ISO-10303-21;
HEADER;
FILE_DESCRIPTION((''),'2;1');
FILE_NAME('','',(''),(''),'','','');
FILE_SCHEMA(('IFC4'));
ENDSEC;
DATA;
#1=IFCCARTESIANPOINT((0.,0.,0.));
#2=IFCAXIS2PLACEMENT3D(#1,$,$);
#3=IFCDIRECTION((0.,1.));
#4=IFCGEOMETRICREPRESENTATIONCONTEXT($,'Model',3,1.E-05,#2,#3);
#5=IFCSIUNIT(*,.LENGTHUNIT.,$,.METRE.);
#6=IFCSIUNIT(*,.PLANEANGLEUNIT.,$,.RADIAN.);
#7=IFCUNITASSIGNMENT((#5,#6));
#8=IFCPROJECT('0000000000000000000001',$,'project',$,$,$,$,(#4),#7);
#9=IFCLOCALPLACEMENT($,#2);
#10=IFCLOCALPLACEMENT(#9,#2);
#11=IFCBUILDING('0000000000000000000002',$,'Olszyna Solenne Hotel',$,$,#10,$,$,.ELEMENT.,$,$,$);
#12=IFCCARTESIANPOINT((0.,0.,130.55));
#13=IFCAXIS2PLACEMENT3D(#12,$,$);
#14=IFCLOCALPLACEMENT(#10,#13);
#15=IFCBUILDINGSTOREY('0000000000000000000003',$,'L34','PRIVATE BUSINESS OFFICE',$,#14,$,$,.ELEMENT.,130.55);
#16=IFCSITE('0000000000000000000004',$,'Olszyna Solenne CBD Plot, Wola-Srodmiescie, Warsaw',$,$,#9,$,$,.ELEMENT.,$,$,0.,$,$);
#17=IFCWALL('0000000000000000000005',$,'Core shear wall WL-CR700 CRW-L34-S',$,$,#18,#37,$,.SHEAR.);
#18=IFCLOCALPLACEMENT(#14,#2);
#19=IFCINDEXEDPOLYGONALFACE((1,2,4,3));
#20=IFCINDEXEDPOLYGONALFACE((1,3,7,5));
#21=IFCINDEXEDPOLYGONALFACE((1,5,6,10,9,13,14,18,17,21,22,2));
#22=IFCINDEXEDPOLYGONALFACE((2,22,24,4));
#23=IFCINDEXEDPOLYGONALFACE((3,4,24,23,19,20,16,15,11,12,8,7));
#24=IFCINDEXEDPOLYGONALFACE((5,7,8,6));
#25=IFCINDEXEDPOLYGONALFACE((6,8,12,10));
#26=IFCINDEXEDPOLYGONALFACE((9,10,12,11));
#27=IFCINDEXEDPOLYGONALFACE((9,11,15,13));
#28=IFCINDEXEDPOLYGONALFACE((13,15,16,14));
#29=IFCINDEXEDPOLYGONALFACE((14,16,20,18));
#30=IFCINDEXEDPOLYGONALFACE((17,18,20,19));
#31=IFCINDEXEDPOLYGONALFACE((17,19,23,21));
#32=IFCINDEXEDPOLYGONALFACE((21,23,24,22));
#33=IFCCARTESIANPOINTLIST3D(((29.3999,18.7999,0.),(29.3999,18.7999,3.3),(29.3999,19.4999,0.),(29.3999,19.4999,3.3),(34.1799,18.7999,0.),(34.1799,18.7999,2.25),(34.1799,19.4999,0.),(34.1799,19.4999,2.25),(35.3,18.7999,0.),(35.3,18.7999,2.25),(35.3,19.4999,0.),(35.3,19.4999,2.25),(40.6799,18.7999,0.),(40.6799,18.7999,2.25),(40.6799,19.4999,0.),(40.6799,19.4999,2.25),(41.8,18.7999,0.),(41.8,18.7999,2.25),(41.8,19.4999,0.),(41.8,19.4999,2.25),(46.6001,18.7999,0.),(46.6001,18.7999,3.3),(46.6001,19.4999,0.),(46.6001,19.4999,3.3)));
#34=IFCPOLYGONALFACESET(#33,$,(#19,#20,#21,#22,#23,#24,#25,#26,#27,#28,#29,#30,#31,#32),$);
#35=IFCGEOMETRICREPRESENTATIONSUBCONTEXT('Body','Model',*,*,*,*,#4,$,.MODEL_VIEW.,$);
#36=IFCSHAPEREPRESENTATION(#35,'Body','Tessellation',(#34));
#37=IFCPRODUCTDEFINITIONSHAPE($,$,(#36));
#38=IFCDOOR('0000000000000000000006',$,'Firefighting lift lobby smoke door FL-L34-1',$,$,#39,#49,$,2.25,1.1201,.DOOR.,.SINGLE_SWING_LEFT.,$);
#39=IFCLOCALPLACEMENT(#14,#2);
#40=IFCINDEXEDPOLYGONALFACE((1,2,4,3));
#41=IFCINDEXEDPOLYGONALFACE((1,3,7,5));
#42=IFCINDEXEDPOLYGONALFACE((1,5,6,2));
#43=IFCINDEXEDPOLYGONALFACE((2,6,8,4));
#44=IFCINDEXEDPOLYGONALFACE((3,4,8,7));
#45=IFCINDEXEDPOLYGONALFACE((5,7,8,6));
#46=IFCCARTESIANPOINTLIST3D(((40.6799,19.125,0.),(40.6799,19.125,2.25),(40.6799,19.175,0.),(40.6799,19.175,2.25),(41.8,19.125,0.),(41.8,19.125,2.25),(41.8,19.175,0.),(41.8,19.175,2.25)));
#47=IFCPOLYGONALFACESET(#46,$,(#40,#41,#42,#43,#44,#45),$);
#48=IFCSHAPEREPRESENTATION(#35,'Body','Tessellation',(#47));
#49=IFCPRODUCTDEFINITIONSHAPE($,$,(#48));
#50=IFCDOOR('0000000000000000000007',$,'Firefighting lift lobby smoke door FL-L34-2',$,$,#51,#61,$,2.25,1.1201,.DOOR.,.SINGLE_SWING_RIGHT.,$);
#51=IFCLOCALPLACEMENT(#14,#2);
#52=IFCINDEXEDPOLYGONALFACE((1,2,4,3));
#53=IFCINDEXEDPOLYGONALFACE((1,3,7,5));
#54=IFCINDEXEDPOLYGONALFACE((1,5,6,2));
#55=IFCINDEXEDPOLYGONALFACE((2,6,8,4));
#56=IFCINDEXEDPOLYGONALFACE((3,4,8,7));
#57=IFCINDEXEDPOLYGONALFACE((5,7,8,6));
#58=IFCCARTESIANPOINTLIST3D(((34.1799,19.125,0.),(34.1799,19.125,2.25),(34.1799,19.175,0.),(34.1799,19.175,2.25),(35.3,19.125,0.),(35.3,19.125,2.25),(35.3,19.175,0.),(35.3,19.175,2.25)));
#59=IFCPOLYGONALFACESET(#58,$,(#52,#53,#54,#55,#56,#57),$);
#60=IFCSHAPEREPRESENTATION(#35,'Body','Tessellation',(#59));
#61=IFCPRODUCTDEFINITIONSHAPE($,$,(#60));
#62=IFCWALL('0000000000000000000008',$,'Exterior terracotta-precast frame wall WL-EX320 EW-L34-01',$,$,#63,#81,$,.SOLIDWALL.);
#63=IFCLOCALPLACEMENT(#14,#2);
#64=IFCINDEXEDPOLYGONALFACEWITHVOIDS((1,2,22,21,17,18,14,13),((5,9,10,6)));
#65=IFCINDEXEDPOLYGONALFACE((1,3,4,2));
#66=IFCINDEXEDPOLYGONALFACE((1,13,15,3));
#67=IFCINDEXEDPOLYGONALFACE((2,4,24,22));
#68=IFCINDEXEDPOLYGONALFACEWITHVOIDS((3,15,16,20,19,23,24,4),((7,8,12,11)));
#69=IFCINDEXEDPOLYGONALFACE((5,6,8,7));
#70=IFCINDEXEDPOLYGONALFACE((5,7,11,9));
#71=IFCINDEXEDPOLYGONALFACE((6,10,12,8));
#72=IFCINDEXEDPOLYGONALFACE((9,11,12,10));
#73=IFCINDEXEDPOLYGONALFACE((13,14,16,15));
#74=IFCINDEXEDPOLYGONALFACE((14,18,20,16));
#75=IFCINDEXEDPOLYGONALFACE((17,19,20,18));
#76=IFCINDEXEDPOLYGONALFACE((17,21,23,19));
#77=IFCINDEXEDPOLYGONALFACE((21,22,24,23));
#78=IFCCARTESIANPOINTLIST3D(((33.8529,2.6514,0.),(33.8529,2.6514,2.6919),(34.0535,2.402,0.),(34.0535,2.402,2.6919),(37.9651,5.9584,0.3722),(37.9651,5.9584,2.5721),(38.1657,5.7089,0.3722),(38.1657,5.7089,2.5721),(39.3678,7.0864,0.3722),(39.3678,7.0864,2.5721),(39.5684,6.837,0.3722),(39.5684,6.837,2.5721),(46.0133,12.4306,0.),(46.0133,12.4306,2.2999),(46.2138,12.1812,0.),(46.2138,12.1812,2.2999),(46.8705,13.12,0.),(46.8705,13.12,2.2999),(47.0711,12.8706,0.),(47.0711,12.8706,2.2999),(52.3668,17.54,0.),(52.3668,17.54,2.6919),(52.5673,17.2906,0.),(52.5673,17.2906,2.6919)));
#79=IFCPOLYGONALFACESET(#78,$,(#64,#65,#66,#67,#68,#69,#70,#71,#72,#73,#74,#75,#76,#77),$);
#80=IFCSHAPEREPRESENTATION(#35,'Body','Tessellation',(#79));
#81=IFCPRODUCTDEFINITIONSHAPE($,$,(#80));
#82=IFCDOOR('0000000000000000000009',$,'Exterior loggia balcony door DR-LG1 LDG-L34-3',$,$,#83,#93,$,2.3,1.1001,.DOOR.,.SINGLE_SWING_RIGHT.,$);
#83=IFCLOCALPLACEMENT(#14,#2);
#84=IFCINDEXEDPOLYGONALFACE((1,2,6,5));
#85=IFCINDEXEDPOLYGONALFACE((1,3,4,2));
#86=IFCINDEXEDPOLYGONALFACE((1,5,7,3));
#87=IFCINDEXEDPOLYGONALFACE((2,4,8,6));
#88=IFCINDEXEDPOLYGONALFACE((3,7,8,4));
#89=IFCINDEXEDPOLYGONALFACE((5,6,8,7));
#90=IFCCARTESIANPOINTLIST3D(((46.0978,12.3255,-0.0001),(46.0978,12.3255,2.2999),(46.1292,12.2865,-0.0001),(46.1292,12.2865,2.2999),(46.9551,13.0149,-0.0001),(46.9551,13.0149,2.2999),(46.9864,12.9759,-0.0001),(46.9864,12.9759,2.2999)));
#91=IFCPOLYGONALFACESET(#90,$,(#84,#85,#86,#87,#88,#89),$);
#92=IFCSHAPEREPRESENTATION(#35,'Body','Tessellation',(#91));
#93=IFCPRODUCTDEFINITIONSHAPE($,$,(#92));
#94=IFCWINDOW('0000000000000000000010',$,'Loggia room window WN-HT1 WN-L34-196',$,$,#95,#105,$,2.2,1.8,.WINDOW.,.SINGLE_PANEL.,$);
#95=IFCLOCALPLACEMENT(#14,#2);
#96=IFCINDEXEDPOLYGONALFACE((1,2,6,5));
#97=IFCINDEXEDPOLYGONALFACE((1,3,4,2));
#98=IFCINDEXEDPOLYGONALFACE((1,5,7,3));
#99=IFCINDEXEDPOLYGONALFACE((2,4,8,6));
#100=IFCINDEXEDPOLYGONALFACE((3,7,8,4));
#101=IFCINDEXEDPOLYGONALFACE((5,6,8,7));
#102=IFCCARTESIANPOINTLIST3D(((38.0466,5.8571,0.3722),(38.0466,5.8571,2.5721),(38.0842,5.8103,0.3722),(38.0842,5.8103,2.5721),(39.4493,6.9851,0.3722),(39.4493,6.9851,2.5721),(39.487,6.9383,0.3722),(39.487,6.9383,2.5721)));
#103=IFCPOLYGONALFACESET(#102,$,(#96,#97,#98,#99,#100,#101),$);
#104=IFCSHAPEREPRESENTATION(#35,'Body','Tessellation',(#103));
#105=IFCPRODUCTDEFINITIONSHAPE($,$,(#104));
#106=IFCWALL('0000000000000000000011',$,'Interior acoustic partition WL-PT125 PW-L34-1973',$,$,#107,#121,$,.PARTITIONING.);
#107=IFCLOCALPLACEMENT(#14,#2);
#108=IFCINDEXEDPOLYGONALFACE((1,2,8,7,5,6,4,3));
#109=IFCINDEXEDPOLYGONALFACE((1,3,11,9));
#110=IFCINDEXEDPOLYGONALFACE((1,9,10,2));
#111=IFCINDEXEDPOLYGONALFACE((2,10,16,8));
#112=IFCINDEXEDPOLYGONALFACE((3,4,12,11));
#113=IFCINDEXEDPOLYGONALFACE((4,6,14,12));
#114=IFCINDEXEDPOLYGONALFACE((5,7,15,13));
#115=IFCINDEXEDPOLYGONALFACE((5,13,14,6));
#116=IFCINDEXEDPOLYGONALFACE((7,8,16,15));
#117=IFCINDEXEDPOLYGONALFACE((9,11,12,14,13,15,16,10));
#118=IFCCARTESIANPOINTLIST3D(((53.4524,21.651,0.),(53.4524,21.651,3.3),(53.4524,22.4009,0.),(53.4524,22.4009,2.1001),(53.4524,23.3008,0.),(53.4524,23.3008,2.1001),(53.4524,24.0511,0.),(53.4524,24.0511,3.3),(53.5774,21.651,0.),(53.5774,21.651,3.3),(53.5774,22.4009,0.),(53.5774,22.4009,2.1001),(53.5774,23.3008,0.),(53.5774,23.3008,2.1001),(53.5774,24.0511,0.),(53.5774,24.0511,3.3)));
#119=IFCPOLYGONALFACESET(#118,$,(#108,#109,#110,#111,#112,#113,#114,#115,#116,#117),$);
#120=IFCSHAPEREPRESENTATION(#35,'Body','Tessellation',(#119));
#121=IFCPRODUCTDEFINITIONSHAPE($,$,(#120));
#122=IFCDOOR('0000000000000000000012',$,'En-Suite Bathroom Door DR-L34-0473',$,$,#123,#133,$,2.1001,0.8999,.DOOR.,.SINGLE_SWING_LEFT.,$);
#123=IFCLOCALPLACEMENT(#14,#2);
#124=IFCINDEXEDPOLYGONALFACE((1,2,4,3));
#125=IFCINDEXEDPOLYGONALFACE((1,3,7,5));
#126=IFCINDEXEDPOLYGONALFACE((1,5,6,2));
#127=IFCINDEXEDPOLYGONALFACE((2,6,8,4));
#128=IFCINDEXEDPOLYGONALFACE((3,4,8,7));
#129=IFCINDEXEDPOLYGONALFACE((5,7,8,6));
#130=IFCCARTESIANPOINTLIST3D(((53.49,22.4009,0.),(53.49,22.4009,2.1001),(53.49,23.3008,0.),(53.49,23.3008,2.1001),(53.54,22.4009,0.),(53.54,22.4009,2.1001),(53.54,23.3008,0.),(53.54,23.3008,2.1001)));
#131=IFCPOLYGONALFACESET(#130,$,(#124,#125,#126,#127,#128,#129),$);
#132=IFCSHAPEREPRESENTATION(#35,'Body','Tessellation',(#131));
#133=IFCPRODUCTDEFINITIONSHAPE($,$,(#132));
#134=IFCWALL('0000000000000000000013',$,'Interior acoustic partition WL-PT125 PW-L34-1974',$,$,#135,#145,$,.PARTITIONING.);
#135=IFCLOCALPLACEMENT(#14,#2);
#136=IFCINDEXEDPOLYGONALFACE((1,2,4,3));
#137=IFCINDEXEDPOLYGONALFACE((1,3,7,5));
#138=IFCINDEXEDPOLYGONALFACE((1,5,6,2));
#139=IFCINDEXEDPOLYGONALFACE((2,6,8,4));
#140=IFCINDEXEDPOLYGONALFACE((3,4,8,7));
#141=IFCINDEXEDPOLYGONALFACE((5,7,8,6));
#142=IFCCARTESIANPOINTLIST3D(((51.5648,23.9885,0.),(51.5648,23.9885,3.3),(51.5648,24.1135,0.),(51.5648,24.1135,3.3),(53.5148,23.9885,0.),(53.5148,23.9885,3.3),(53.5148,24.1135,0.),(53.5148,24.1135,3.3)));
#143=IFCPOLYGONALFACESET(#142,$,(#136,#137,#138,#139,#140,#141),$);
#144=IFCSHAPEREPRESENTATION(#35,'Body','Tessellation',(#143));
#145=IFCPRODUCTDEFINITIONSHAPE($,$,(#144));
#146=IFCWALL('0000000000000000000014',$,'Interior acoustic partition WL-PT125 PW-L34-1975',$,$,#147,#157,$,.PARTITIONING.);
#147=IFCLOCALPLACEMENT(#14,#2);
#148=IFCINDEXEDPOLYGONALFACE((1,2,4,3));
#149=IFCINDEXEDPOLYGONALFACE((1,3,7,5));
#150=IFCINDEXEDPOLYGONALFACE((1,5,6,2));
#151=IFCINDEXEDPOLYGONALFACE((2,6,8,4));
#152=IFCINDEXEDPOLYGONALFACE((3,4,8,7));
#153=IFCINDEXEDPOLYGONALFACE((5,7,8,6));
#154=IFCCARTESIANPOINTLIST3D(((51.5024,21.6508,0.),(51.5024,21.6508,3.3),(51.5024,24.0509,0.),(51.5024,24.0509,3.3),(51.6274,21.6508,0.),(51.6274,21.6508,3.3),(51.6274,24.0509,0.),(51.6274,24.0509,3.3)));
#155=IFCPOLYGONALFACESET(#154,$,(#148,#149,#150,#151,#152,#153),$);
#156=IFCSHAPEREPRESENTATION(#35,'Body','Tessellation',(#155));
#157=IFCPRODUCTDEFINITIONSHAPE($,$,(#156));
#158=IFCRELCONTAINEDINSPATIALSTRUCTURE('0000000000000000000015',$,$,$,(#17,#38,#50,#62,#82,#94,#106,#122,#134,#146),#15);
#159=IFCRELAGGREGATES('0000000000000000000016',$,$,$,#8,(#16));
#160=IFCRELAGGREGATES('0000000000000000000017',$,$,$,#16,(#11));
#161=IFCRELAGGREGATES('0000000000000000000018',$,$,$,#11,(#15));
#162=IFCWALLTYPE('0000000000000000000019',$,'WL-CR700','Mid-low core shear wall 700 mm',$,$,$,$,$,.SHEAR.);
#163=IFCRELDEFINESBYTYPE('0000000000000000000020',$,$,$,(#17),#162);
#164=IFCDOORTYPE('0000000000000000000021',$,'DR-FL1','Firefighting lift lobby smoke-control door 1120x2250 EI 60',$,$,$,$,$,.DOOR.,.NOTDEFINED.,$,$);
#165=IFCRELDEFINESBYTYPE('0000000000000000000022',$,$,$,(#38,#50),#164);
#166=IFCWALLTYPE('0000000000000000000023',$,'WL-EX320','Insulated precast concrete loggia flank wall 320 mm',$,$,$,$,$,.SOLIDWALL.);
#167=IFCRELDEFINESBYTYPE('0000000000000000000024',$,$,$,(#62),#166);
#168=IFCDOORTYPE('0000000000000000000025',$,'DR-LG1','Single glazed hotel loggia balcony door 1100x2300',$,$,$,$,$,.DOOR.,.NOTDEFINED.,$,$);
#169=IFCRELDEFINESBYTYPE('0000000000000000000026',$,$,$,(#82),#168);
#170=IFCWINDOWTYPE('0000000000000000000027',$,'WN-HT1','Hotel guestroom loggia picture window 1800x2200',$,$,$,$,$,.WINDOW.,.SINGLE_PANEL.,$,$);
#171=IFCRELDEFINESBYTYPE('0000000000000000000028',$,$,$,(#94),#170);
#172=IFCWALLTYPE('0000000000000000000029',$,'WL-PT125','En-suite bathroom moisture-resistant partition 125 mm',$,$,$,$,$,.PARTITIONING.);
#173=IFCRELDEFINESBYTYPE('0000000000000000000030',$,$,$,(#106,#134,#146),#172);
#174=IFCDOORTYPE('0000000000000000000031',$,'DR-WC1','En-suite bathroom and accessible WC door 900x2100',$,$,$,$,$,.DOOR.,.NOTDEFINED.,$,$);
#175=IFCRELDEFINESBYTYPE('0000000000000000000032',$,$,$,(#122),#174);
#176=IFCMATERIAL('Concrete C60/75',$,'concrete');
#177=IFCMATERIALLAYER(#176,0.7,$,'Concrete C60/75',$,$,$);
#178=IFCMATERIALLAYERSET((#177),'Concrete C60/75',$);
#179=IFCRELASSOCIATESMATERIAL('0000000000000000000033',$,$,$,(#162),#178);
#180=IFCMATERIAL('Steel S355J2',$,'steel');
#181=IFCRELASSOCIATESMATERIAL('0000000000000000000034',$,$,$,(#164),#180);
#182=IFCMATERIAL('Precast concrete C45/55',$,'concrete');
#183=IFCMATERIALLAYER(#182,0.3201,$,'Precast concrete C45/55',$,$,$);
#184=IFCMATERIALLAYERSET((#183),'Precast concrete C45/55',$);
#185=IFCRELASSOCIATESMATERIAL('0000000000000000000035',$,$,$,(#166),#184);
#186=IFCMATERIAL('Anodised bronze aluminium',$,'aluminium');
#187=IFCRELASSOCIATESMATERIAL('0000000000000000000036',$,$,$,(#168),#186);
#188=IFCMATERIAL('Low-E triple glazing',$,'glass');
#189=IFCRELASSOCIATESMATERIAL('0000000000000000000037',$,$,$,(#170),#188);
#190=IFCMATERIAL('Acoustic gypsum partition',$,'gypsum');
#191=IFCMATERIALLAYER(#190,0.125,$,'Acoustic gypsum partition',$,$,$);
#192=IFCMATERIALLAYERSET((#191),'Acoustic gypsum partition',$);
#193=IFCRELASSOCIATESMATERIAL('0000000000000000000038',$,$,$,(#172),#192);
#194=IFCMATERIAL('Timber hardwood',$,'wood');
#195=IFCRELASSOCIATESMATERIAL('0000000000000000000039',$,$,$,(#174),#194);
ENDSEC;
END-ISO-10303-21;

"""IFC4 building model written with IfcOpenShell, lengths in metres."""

from ifc_helpers import new_model, si_unit, direction, frame, frame_2d, origin, place, context, subcontext, project, spatial, rectangle, extrude, source, transform, mapped, material, layer, layer_set, type_object, type_shapes, element, fill, save


model = new_model("IFC4")

# Units and contexts
model_context = context("Model", 3, precision=1e-05, world=origin(), true_north=direction((0.0, 1.0)))
body_context = subcontext(model_context, "Body", "Model", "MODEL_VIEW")
ifc_project = project(units=[si_unit("LENGTHUNIT", "METRE"), si_unit("PLANEANGLEUNIT", "RADIAN")], contexts=[model_context])

# Site, building, storey
site_placement = place(None, origin())
site = spatial("IfcSite", under=ifc_project, at=site_placement, Name="Olszyna Solenne CBD Plot, Wola-Srodmiescie, Warsaw", CompositionType="ELEMENT", RefElevation=0.0)
building_placement = place(site_placement, origin())
building = spatial("IfcBuilding", under=site, at=building_placement, Name="Olszyna Solenne Hotel", CompositionType="ELEMENT")
storey_placement = place(building_placement, frame((0.0, 0.0, 130.55)))
storey = spatial("IfcBuildingStorey", under=building, at=storey_placement, Name="L34", Description="PRIVATE BUSINESS OFFICE", CompositionType="ELEMENT", Elevation=130.55)

# Shared definitions
ifc_material_1 = material(Name="Steel S355J2", Category="steel")

# Wall, openings, doors
ifc_material_2 = material(Name="Concrete C60/75", Category="concrete")
ifc_layer_1 = layer(ifc_material_2, 0.7, Name="Concrete C60/75")
ifc_layer_set_1 = layer_set([ifc_layer_1], Name="Concrete C60/75")
wall_type_1 = type_object("IfcWallType", Name="WL-CR700", Description="Mid-low core shear wall 700 mm", PredefinedType="SHEAR", material=ifc_layer_set_1)
wall_1_placement = place(storey_placement, frame((46.6001, 19.1499, 0.0), z_axis=(0.0, 0.0, 1.0), x_axis=(-1.0, 0.0, 0.0)))
wall_1 = element("IfcWall", 1, at=wall_1_placement, inside=storey, type_object=wall_type_1, Name="Core shear wall WL-CR700 CRW-L34-S", PredefinedType="SHEAR", context=body_context, shape_type="SweptSolid", body=[
    extrude(rectangle(XDim=17.2002, YDim=0.7, at=frame_2d((8.6001, 0.0))), origin(), (0.0, 0.0, 1.0), 3.3),
])
opening_1_placement = place(wall_1_placement, frame((4.8, 0.0, 0.0)))
opening_1 = element("IfcOpeningElement", 2, at=opening_1_placement, cuts=wall_1, PredefinedType="OPENING", context=body_context, shape_type="SweptSolid", body=[
    extrude(rectangle(XDim=1.1201, YDim=2.25, at=frame_2d((0.5601, 1.125))), frame((0.0, 0.3599, 0.0), z_axis=(0.0, -1.0, 0.0), x_axis=(1.0, 0.0, 0.0)), (0.0, 0.0, 1.0), 0.72),
])
opening_2_placement = place(wall_1_placement, frame((11.3, 0.0, 0.0)))
opening_2 = element("IfcOpeningElement", 3, at=opening_2_placement, cuts=wall_1, PredefinedType="OPENING", context=body_context, shape_type="SweptSolid", body=[
    extrude(rectangle(XDim=1.1201, YDim=2.25, at=frame_2d((0.5601, 1.125))), frame((0.0, 0.3599, 0.0), z_axis=(0.0, -1.0, 0.0), x_axis=(1.0, 0.0, 0.0)), (0.0, 0.0, 1.0), 0.72),
])
door_type_1 = type_object("IfcDoorType", Name="DR-FL1", Description="Firefighting lift lobby smoke-control door 1120x2250 EI 60", OperationType="NOTDEFINED", PredefinedType="DOOR", material=ifc_material_1)
shared_shape_1 = source(origin(), body_context, "Body", "SweptSolid", [
    extrude(rectangle(XDim=1.1201, YDim=2.25, at=frame_2d((0.5601, 1.125))), frame((0.0, 0.0249, 0.0), z_axis=(0.0, -1.0, 0.0), x_axis=(1.0, 0.0, 0.0)), (0.0, 0.0, 1.0), 0.05),
])
type_shapes(door_type_1, [shared_shape_1])
door_1_placement = place(opening_1_placement, origin())
door_1 = element("IfcDoor", 4, at=door_1_placement, inside=storey, type_object=door_type_1, Name="Firefighting lift lobby smoke door FL-L34-1", OperationType="SINGLE_SWING_LEFT", OverallHeight=2.25, OverallWidth=1.1201, PredefinedType="DOOR", context=body_context, shape_type="MappedRepresentation", body=[
    mapped(shared_shape_1, transform((0.0, 0.0, 0.0), x_axis=(1.0, 0.0, 0.0), y_axis=(0.0, 1.0, 0.0), z_axis=(0.0, 0.0, 1.0), scale=1.0)),
])
fill(opening_1, door_1)
door_2_placement = place(opening_2_placement, origin())
door_2 = element("IfcDoor", 5, at=door_2_placement, inside=storey, type_object=door_type_1, Name="Firefighting lift lobby smoke door FL-L34-2", OperationType="SINGLE_SWING_RIGHT", OverallHeight=2.25, OverallWidth=1.1201, PredefinedType="DOOR", context=body_context, shape_type="MappedRepresentation", body=[
    mapped(shared_shape_1, transform((0.0, 0.0, 0.0), x_axis=(1.0, 0.0, 0.0), y_axis=(0.0, 1.0, 0.0), z_axis=(0.0, 0.0, 1.0), scale=1.0)),
])
fill(opening_2, door_2)

# Wall, openings, door, window
ifc_material_3 = material(Name="Precast concrete C45/55", Category="concrete")
ifc_layer_2 = layer(ifc_material_3, 0.3201, Name="Precast concrete C45/55")
ifc_layer_set_2 = layer_set([ifc_layer_2], Name="Precast concrete C45/55")
wall_type_2 = type_object("IfcWallType", Name="WL-EX320", Description="Insulated precast concrete loggia flank wall 320 mm", PredefinedType="SOLIDWALL", material=ifc_layer_set_2)
wall_2_placement = place(storey_placement, frame((52.467, 17.4153, 0.0), z_axis=(0.0, 0.0, 1.0), x_axis=(-0.779274, -0.626683, 0.0)))
wall_2 = element("IfcWall", 6, at=wall_2_placement, inside=storey, type_object=wall_type_2, Name="Exterior terracotta-precast frame wall WL-EX320 EW-L34-01", PredefinedType="SOLIDWALL", context=body_context, shape_type="SweptSolid", body=[
    extrude(rectangle(XDim=23.7578, YDim=0.3201, at=frame_2d((11.8789, 0.0))), origin(), (0.0, 0.0, 1.0), 2.6919),
])
opening_3_placement = place(wall_2_placement, frame((7.053, 0.0, 0.0)))
opening_3 = element("IfcOpeningElement", 7, at=opening_3_placement, cuts=wall_2, PredefinedType="OPENING", context=body_context, shape_type="SweptSolid", body=[
    extrude(rectangle(XDim=1.1001, YDim=2.3, at=frame_2d((0.55, 1.1499))), frame((0.0, 0.1699, 0.0), z_axis=(0.0, -1.0, 0.0), x_axis=(1.0, 0.0, 0.0)), (0.0, 0.0, 1.0), 0.3401),
])
opening_4_placement = place(wall_2_placement, frame((16.6809, 0.0, 0.3721)))
opening_4 = element("IfcOpeningElement", 8, at=opening_4_placement, cuts=wall_2, PredefinedType="OPENING", context=body_context, shape_type="SweptSolid", body=[
    extrude(rectangle(XDim=1.8, YDim=2.2, at=frame_2d((0.8999, 1.1001))), frame((0.0, 0.1699, 0.0), z_axis=(0.0, -1.0, 0.0), x_axis=(1.0, 0.0, 0.0)), (0.0, 0.0, 1.0), 0.3401),
])
ifc_material_4 = material(Name="Anodised bronze aluminium", Category="aluminium")
door_type_2 = type_object("IfcDoorType", Name="DR-LG1", Description="Single glazed hotel loggia balcony door 1100x2300", OperationType="NOTDEFINED", PredefinedType="DOOR", material=ifc_material_4)
shared_shape_2 = source(origin(), body_context, "Body", "SweptSolid", [
    extrude(rectangle(XDim=1.1001, YDim=2.3, at=frame_2d((0.55, 1.1499))), frame((0.0, 0.0249, 0.0), z_axis=(0.0, -1.0, 0.0), x_axis=(1.0, 0.0, 0.0)), (0.0, 0.0, 1.0), 0.05),
])
type_shapes(door_type_2, [shared_shape_2])
door_3_placement = place(opening_3_placement, origin())
door_3 = element("IfcDoor", 9, at=door_3_placement, inside=storey, type_object=door_type_2, Name="Exterior loggia balcony door DR-LG1 LDG-L34-3", OperationType="SINGLE_SWING_RIGHT", OverallHeight=2.3, OverallWidth=1.1001, PredefinedType="DOOR", context=body_context, shape_type="MappedRepresentation", body=[
    mapped(shared_shape_2, transform((0.0, 0.0, 0.0), x_axis=(1.0, 0.0, 0.0), y_axis=(0.0, 1.0, 0.0), z_axis=(0.0, 0.0, 1.0), scale=1.0)),
])
fill(opening_3, door_3)
ifc_material_5 = material(Name="Low-E triple glazing", Category="glass")
window_type = type_object("IfcWindowType", Name="WN-HT1", Description="Hotel guestroom loggia picture window 1800x2200", PartitioningType="SINGLE_PANEL", PredefinedType="WINDOW", material=ifc_material_5)
shared_shape_3 = source(origin(), body_context, "Body", "SweptSolid", [
    extrude(rectangle(XDim=1.8, YDim=2.2, at=frame_2d((0.8999, 1.1001))), frame((0.0, 0.03, 0.0), z_axis=(0.0, -1.0, 0.0), x_axis=(1.0, 0.0, 0.0)), (0.0, 0.0, 1.0), 0.0601),
])
type_shapes(window_type, [shared_shape_3])
window_placement = place(opening_4_placement, origin())
window = element("IfcWindow", 10, at=window_placement, inside=storey, type_object=window_type, Name="Loggia room window WN-HT1 WN-L34-196", OverallHeight=2.2, OverallWidth=1.8, PartitioningType="SINGLE_PANEL", PredefinedType="WINDOW", context=body_context, shape_type="MappedRepresentation", body=[
    mapped(shared_shape_3, transform((0.0, 0.0, 0.0), x_axis=(1.0, 0.0, 0.0), y_axis=(0.0, 1.0, 0.0), z_axis=(0.0, 0.0, 1.0), scale=1.0)),
])
fill(opening_4, window)

# Wall, opening, door
ifc_material_6 = material(Name="Acoustic gypsum partition", Category="gypsum")
ifc_layer_3 = layer(ifc_material_6, 0.125, Name="Acoustic gypsum partition")
ifc_layer_set_3 = layer_set([ifc_layer_3], Name="Acoustic gypsum partition")
wall_type_3 = type_object("IfcWallType", Name="WL-PT125", Description="En-suite bathroom moisture-resistant partition 125 mm", PredefinedType="PARTITIONING", material=ifc_layer_set_3)
wall_3_placement = place(storey_placement, frame((53.5149, 21.6509, 0.0), z_axis=(0.0, 0.0, 1.0), x_axis=(0.0, 1.0, 0.0)))
wall_3 = element("IfcWall", 11, at=wall_3_placement, inside=storey, type_object=wall_type_3, Name="Interior acoustic partition WL-PT125 PW-L34-1973", PredefinedType="PARTITIONING", context=body_context, shape_type="SweptSolid", body=[
    extrude(rectangle(XDim=2.4001, YDim=0.125, at=frame_2d((1.2002, 0.0))), origin(), (0.0, 0.0, 1.0), 3.3),
])
opening_5_placement = place(wall_3_placement, frame((0.75, 0.0, 0.0)))
opening_5 = element("IfcOpeningElement", 12, at=opening_5_placement, cuts=wall_3, PredefinedType="OPENING", context=body_context, shape_type="SweptSolid", body=[
    extrude(rectangle(XDim=0.8999, YDim=2.1001, at=frame_2d((0.45, 1.05))), frame((0.0, 0.0725, 0.0), z_axis=(0.0, -1.0, 0.0), x_axis=(1.0, 0.0, 0.0)), (0.0, 0.0, 1.0), 0.145),
])
ifc_material_7 = material(Name="Timber hardwood", Category="wood")
door_type_3 = type_object("IfcDoorType", Name="DR-WC1", Description="En-suite bathroom and accessible WC door 900x2100", OperationType="NOTDEFINED", PredefinedType="DOOR", material=ifc_material_7)
shared_shape_4 = source(origin(), body_context, "Body", "SweptSolid", [
    extrude(rectangle(XDim=0.8999, YDim=2.1001, at=frame_2d((0.45, 1.05))), frame((0.0, 0.0249, 0.0), z_axis=(0.0, -1.0, 0.0), x_axis=(1.0, 0.0, 0.0)), (0.0, 0.0, 1.0), 0.05),
])
type_shapes(door_type_3, [shared_shape_4])
door_4_placement = place(opening_5_placement, origin())
door_4 = element("IfcDoor", 13, at=door_4_placement, inside=storey, type_object=door_type_3, Name="En-Suite Bathroom Door DR-L34-0473", OperationType="SINGLE_SWING_LEFT", OverallHeight=2.1001, OverallWidth=0.8999, PredefinedType="DOOR", context=body_context, shape_type="MappedRepresentation", body=[
    mapped(shared_shape_4, transform((0.0, 0.0, 0.0), x_axis=(1.0, 0.0, 0.0), y_axis=(0.0, 1.0, 0.0), z_axis=(0.0, 0.0, 1.0), scale=1.0)),
])
fill(opening_5, door_4)

# Walls
wall_4_placement = place(storey_placement, frame((53.5149, 24.051, 0.0), z_axis=(0.0, 0.0, 1.0), x_axis=(-1.0, 0.0, 0.0)))
element("IfcWall", 14, at=wall_4_placement, inside=storey, type_object=wall_type_3, Name="Interior acoustic partition WL-PT125 PW-L34-1974", PredefinedType="PARTITIONING", context=body_context, shape_type="SweptSolid", body=[
    extrude(rectangle(XDim=1.95, YDim=0.125, at=frame_2d((0.9751, 0.0))), origin(), (0.0, 0.0, 1.0), 3.3),
])
wall_5_placement = place(storey_placement, frame((51.5649, 24.051, 0.0), z_axis=(0.0, 0.0, 1.0), x_axis=(0.0, -1.0, 0.0)))
element("IfcWall", 15, at=wall_5_placement, inside=storey, type_object=wall_type_3, Name="Interior acoustic partition WL-PT125 PW-L34-1975", PredefinedType="PARTITIONING", context=body_context, shape_type="SweptSolid", body=[
    extrude(rectangle(XDim=2.4001, YDim=0.125, at=frame_2d((1.2002, 0.0))), origin(), (0.0, 0.0, 1.0), 3.3),
])

save(model, "model.ifc")
